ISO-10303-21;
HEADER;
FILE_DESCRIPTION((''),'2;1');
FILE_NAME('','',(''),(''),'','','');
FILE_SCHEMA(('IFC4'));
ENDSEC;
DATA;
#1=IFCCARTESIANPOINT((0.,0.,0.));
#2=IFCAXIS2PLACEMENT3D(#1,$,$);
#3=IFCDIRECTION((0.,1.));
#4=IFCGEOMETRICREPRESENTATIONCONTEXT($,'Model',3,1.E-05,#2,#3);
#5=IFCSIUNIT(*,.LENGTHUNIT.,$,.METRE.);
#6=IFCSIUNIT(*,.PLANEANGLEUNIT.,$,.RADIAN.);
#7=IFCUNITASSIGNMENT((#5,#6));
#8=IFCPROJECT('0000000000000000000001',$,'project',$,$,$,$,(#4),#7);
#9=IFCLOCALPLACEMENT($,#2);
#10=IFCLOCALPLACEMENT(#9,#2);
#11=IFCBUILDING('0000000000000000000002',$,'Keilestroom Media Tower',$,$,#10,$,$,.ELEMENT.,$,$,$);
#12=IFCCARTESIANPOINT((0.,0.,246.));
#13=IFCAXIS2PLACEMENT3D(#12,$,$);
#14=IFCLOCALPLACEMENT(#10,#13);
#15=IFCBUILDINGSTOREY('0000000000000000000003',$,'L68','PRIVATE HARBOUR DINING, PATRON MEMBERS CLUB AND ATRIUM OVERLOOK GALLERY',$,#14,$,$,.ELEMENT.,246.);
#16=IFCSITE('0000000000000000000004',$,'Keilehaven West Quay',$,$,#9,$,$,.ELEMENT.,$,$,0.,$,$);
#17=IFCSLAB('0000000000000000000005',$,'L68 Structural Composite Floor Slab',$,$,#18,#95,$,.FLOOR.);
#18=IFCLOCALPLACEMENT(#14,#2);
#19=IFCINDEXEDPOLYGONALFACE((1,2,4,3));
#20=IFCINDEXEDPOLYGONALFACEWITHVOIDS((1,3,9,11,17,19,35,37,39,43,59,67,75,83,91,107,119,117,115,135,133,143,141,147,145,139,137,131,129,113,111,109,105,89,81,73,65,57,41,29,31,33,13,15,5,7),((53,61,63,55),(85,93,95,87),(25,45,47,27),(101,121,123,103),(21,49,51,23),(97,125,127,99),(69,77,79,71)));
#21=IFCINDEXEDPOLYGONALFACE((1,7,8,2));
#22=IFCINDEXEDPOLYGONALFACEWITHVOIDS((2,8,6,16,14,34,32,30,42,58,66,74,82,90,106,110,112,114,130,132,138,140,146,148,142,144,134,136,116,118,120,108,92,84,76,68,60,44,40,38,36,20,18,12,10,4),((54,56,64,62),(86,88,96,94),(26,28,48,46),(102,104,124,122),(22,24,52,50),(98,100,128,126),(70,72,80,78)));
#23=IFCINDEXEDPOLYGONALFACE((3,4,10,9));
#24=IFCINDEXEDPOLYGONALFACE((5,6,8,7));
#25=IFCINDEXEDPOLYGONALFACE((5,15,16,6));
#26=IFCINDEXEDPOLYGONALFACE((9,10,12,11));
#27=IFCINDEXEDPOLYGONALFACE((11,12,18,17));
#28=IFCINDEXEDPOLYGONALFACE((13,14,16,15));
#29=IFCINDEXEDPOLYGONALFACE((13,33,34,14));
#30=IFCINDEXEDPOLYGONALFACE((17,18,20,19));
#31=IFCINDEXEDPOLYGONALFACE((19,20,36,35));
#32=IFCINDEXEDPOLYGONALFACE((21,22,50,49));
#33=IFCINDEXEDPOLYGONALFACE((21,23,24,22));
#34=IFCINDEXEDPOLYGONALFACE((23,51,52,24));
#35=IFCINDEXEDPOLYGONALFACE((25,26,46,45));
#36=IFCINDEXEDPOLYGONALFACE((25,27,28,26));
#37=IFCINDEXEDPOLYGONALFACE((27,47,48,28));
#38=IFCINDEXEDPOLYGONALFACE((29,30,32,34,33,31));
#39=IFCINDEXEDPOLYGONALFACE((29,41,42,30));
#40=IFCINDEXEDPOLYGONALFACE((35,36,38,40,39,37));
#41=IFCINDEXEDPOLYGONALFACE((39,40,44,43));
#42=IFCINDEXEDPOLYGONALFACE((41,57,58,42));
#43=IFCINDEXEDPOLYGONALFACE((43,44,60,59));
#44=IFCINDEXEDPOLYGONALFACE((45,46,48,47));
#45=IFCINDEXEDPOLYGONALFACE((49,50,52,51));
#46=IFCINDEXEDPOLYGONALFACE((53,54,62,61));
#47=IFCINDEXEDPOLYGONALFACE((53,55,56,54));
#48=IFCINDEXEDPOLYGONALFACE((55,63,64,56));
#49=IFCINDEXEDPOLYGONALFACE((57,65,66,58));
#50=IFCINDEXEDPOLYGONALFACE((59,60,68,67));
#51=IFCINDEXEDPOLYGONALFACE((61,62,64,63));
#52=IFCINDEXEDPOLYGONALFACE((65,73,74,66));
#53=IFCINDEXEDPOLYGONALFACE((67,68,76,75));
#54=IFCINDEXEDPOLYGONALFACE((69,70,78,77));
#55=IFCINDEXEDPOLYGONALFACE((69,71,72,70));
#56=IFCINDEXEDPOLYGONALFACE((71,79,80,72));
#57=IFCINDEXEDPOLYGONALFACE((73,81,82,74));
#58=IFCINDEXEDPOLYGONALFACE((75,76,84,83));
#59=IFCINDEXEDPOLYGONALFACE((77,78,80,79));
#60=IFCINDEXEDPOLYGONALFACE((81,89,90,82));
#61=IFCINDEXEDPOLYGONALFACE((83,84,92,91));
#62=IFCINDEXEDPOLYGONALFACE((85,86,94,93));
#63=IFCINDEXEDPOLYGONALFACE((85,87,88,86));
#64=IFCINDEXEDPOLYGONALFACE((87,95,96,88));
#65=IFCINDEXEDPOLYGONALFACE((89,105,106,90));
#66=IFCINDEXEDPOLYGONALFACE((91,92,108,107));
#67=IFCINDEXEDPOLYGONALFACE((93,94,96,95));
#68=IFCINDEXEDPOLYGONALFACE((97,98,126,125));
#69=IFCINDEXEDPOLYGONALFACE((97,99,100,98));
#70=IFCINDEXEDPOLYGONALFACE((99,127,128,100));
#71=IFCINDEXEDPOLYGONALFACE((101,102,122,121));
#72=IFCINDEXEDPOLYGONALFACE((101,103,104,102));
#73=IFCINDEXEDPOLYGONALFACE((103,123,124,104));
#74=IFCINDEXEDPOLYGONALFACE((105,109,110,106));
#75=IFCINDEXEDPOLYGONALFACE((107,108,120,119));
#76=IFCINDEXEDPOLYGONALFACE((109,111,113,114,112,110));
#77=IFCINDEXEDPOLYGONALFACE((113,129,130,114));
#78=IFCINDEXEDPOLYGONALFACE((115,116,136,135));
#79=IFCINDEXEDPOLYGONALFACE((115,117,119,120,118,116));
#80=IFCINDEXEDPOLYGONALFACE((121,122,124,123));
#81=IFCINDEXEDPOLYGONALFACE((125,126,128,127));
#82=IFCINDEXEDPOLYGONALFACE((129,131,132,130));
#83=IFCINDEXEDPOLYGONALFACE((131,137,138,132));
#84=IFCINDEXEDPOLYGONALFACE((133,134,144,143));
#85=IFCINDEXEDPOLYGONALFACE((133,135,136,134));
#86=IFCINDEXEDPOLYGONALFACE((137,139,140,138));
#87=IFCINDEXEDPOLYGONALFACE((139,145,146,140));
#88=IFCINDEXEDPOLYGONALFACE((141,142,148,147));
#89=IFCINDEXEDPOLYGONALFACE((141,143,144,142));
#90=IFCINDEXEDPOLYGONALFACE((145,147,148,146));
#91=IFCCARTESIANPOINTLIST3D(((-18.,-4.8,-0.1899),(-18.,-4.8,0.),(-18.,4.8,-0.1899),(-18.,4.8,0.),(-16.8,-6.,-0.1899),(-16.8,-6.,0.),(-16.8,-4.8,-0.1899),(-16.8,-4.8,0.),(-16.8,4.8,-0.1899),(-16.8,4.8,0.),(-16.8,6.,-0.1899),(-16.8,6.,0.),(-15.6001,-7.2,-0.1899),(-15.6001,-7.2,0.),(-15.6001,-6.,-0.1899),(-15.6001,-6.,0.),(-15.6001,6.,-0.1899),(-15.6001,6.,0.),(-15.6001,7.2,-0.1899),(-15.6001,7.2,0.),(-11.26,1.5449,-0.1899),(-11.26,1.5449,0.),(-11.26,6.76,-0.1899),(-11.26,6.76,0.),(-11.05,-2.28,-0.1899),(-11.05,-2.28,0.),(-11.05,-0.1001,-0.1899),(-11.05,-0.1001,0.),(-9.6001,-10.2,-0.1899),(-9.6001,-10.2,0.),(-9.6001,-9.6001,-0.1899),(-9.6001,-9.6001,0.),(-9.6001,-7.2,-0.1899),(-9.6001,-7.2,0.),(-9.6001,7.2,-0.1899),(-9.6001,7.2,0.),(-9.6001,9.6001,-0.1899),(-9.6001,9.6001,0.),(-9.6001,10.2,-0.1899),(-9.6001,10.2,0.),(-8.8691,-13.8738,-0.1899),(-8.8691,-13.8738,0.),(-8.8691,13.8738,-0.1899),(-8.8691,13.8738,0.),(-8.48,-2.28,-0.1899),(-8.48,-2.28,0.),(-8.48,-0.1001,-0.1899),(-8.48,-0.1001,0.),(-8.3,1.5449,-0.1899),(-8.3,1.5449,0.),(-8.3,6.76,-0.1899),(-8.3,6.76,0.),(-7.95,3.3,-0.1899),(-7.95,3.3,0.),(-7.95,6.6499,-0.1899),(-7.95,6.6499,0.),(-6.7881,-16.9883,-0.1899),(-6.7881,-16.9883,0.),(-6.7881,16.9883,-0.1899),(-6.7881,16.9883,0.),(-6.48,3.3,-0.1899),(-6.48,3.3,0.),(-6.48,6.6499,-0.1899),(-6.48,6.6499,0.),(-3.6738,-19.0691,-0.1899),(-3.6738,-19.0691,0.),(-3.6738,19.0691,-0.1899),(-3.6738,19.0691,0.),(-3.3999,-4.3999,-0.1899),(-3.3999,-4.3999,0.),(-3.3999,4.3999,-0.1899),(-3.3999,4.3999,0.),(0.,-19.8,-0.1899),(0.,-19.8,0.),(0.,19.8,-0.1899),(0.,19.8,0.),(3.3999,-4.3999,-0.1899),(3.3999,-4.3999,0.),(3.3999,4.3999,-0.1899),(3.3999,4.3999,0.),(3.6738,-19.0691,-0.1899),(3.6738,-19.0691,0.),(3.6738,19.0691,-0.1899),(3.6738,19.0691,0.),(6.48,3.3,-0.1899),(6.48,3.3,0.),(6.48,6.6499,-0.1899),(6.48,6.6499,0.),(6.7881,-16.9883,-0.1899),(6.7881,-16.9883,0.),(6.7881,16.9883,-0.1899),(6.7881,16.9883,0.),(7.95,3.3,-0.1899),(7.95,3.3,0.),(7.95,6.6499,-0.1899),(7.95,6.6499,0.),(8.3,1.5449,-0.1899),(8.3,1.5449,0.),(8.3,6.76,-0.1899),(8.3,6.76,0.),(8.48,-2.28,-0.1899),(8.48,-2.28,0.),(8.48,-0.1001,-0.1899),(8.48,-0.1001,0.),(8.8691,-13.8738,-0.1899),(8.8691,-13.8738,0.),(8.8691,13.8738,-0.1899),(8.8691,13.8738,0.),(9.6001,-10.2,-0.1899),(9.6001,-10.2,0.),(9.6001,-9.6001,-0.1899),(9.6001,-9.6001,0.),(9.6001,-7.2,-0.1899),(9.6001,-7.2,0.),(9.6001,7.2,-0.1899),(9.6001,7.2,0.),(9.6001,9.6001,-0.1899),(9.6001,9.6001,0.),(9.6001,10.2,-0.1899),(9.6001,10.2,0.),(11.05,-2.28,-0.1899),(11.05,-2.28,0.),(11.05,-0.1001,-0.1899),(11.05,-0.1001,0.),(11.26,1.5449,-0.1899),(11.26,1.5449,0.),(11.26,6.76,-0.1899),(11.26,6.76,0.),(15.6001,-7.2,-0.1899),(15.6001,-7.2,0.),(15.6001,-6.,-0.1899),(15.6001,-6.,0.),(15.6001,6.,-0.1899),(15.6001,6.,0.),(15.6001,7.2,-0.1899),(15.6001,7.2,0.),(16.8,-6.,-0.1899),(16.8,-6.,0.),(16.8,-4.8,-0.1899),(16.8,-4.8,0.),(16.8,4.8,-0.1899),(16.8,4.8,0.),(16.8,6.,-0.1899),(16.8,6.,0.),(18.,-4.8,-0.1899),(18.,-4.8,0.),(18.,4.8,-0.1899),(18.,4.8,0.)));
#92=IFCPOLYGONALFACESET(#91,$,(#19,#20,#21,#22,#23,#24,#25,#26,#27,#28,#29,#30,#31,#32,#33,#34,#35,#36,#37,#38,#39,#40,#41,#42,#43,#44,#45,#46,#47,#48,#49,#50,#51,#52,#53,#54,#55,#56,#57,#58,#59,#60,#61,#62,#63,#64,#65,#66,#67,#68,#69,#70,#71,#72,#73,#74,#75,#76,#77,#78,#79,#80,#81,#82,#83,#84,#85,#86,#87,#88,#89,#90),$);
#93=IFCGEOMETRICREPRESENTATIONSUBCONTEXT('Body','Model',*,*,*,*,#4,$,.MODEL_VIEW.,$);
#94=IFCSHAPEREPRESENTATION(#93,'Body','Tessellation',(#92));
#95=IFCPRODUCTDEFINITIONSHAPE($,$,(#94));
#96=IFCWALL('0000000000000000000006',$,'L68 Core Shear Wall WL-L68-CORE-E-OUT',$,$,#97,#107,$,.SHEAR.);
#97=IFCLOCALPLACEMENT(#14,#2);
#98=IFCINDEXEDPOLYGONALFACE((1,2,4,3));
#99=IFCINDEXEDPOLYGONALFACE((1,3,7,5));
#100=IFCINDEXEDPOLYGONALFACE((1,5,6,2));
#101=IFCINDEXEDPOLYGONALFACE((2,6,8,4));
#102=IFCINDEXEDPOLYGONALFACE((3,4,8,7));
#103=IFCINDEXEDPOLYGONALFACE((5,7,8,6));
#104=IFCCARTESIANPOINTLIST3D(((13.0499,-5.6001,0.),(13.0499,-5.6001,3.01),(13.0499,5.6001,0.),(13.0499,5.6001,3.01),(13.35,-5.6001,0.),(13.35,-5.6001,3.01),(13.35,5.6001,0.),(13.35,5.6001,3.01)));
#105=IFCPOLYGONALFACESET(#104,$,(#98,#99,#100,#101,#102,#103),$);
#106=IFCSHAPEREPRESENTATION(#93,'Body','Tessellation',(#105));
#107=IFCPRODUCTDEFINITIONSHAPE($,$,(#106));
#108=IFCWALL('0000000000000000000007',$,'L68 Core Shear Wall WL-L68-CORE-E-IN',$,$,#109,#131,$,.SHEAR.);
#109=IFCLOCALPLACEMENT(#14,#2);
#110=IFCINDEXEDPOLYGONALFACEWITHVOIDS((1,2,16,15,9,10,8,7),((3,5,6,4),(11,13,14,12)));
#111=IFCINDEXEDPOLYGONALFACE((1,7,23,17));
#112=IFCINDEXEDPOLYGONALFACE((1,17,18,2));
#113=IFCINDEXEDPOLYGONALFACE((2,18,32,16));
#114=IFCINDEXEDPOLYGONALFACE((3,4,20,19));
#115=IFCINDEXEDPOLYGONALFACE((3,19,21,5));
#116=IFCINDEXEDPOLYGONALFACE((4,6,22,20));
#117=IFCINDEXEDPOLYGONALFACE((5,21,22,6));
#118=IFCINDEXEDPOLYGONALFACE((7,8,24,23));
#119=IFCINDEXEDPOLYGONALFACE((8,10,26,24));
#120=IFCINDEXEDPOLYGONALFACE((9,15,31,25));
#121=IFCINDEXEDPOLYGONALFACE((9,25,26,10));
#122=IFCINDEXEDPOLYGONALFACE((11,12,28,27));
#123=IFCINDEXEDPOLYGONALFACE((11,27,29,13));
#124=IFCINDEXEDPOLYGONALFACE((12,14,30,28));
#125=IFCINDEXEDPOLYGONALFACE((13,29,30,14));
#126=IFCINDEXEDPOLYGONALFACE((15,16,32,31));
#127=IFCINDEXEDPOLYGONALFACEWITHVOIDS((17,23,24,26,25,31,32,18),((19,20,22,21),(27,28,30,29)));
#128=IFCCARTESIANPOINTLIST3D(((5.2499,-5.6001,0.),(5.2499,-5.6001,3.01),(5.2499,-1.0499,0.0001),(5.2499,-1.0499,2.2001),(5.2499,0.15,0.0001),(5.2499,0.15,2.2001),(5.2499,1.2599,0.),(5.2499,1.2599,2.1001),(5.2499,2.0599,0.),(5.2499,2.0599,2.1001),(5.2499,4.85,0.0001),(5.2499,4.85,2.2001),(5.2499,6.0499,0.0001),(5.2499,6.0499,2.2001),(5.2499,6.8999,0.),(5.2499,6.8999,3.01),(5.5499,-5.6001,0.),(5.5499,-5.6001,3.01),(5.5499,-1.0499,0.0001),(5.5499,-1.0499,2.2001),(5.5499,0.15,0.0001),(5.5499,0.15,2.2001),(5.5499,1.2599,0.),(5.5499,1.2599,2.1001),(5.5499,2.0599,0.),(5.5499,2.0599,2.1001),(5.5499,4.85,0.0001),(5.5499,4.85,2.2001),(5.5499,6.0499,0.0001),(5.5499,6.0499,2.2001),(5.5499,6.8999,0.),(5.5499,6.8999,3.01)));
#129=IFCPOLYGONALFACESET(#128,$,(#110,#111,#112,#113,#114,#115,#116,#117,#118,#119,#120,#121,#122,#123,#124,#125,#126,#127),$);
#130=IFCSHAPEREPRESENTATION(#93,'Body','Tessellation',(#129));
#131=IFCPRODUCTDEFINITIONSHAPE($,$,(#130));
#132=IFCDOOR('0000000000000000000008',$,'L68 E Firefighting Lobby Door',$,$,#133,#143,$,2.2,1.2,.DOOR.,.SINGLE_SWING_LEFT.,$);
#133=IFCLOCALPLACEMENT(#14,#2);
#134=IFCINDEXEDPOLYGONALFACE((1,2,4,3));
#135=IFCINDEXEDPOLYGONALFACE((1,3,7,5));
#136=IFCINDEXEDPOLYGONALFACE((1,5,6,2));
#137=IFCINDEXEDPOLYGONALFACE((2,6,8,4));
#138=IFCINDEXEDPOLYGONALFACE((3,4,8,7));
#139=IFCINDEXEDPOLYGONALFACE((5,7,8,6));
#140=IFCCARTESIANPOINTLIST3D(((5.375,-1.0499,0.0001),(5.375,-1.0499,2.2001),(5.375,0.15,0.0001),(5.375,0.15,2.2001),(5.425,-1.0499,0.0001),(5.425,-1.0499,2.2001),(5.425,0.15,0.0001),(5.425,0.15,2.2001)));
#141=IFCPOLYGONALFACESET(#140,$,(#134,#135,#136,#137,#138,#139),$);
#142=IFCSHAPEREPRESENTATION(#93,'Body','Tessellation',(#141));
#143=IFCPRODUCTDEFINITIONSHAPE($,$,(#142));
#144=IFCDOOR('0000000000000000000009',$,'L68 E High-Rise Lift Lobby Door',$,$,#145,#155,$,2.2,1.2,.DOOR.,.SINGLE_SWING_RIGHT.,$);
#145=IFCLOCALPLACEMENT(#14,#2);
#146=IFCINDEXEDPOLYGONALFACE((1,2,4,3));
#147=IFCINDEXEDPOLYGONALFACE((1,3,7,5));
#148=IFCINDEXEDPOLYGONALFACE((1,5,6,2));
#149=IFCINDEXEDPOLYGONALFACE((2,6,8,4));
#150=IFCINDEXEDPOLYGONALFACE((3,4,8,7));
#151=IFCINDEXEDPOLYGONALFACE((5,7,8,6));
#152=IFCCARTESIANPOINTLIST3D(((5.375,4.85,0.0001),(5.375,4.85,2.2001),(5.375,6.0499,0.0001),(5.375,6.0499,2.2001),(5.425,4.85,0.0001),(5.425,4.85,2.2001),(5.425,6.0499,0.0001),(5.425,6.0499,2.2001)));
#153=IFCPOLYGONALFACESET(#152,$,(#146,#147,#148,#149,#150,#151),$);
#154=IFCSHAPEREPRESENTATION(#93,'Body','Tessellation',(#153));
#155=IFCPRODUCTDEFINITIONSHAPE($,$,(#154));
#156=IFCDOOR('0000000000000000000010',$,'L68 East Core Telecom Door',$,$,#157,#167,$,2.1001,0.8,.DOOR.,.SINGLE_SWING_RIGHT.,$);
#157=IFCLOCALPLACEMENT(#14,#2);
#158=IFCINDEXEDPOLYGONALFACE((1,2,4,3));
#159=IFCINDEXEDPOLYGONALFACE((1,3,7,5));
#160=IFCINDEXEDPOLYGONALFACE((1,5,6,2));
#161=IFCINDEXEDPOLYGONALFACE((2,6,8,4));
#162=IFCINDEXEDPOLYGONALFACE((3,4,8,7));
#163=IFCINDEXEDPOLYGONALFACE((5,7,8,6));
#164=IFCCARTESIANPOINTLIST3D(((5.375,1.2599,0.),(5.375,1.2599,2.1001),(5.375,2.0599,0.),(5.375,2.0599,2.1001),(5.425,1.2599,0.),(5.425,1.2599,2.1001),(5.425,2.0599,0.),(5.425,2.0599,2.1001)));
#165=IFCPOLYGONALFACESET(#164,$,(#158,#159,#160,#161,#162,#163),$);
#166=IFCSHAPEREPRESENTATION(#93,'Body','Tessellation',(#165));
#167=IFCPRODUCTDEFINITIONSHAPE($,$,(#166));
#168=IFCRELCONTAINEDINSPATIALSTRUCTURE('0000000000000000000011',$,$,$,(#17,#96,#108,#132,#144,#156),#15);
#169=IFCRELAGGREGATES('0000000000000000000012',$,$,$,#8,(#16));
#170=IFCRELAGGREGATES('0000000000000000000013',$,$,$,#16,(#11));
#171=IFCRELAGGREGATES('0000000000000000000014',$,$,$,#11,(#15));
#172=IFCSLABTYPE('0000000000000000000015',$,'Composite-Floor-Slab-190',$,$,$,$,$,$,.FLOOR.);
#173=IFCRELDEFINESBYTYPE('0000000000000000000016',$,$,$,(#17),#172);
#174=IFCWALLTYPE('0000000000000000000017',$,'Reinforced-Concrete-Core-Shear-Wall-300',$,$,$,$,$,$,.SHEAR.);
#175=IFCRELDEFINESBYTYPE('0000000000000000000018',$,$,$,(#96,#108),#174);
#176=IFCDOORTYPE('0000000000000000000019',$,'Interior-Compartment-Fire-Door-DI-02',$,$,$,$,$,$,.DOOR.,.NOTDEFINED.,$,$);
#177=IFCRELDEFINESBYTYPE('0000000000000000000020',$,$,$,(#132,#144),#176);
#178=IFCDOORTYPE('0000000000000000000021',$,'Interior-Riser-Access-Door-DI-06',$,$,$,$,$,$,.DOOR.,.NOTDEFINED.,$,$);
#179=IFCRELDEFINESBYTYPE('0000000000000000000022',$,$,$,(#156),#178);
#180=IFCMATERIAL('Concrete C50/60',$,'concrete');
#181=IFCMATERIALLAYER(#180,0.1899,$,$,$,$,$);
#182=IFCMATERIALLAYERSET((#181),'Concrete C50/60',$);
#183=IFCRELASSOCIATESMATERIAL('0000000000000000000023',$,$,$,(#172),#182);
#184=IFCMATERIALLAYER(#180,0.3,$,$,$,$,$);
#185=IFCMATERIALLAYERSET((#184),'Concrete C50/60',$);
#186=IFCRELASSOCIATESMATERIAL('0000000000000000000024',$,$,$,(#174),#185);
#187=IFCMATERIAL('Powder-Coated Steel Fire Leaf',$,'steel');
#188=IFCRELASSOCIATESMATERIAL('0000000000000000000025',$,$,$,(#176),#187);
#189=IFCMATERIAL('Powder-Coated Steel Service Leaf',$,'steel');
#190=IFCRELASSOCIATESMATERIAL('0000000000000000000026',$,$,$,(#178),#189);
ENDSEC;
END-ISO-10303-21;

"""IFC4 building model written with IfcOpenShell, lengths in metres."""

from ifc_helpers import new_model, si_unit, direction, frame, frame_2d, origin, place, context, subcontext, project, spatial, polyline, rectangle, outline, extrude, source, transform, mapped, material, layer, layer_set, type_object, element, fill, save


model = new_model("IFC4")

# Units and contexts
model_context = context("Model", 3, precision=1e-05, world=origin(), true_north=direction((0.0, 1.0)))
body_context = subcontext(model_context, "Body", "Model", "MODEL_VIEW")
ifc_project = project(units=[si_unit("LENGTHUNIT", "METRE"), si_unit("PLANEANGLEUNIT", "RADIAN")], contexts=[model_context])

# Site, building, storey
site_placement = place(None, origin())
site = spatial("IfcSite", under=ifc_project, at=site_placement, Name="Keilehaven West Quay", CompositionType="ELEMENT", RefElevation=0.0)
building_placement = place(site_placement, origin())
building = spatial("IfcBuilding", under=site, at=building_placement, Name="Keilestroom Media Tower", CompositionType="ELEMENT")
storey_placement = place(building_placement, frame((0.0, 0.0, 246.0)))
storey = spatial("IfcBuildingStorey", under=building, at=storey_placement, Name="L68", Description="PRIVATE HARBOUR DINING, PATRON MEMBERS CLUB AND ATRIUM OVERLOOK GALLERY", CompositionType="ELEMENT", Elevation=246.0)

# Slab
ifc_material_1 = material(Name="Concrete C50/60", Category="concrete")
ifc_layer_1 = layer(ifc_material_1, 0.1899)
ifc_layer_set_1 = layer_set([ifc_layer_1], Name="Concrete C50/60")
slab_type = type_object("IfcSlabType", Name="Composite-Floor-Slab-190", PredefinedType="FLOOR", material=ifc_layer_set_1)
slab_placement = place(storey_placement, frame((0.0, 0.0, -0.1899)))
element("IfcSlab", 1, at=slab_placement, inside=storey, type_object=slab_type, Name="L68 Structural Composite Floor Slab", PredefinedType="FLOOR", context=body_context, shape_type="SweptSolid", body=[
    extrude(outline(polyline([(18.0, -4.8), (18.0, 4.8), (16.8, 4.8), (16.8, 6.0), (15.6001, 6.0), (15.6001, 7.2), (9.6001, 7.2), (9.6001, 9.6001), (9.6001, 10.2), (8.8691, 13.8738), (6.7881, 16.9883), (3.6738, 19.0691), (0.0, 19.8), (-3.6738, 19.0691), (-6.7881, 16.9883), (-8.8691, 13.8738), (-9.6001, 10.2), (-9.6001, 9.6001), (-9.6001, 7.2), (-15.6001, 7.2), (-15.6001, 6.0), (-16.8, 6.0), (-16.8, 4.8), (-18.0, 4.8), (-18.0, -4.8), (-16.8, -4.8), (-16.8, -6.0), (-15.6001, -6.0), (-15.6001, -7.2), (-9.6001, -7.2), (-9.6001, -9.6001), (-9.6001, -10.2), (-8.8691, -13.8738), (-6.7881, -16.9883), (-3.6738, -19.0691), (0.0, -19.8), (3.6738, -19.0691), (6.7881, -16.9883), (8.8691, -13.8738), (9.6001, -10.2), (9.6001, -9.6001), (9.6001, -7.2), (15.6001, -7.2), (15.6001, -6.0), (16.8, -6.0), (16.8, -4.8), (18.0, -4.8)]), holes=[polyline([(-8.3, 1.5449), (-11.26, 1.5449), (-11.26, 6.76), (-8.3, 6.76), (-8.3, 1.5449)]), polyline([(-8.48, -2.28), (-11.05, -2.28), (-11.05, -0.1001), (-8.48, -0.1001), (-8.48, -2.28)]), polyline([(-6.48, 3.3), (-7.95, 3.3), (-7.95, 6.6499), (-6.48, 6.6499), (-6.48, 3.3)]), polyline([(3.3999, -4.3999), (-3.3999, -4.3999), (-3.3999, 4.3999), (3.3999, 4.3999), (3.3999, -4.3999)]), polyline([(7.95, 3.3), (6.48, 3.3), (6.48, 6.6499), (7.95, 6.6499), (7.95, 3.3)]), polyline([(11.26, 1.5449), (8.3, 1.5449), (8.3, 6.76), (11.26, 6.76), (11.26, 1.5449)]), polyline([(11.05, -2.28), (8.48, -2.28), (8.48, -0.1001), (11.05, -0.1001), (11.05, -2.28)])]), origin(), (0.0, 0.0, 1.0), 0.1899),
])

# Wall
ifc_layer_2 = layer(ifc_material_1, 0.3)
ifc_layer_set_2 = layer_set([ifc_layer_2], Name="Concrete C50/60")
wall_type_1 = type_object("IfcWallType", Name="Reinforced-Concrete-Core-Shear-Wall-300", PredefinedType="SHEAR", material=ifc_layer_set_2)
wall_1_placement = place(storey_placement, frame((13.2, -5.6001, 0.0), z_axis=(0.0, 0.0, 1.0), x_axis=(0.0, 1.0, 0.0)))
element("IfcWall", 2, at=wall_1_placement, inside=storey, type_object=wall_type_1, Name="L68 Core Shear Wall WL-L68-CORE-E-OUT", PredefinedType="SHEAR", context=body_context, shape_type="SweptSolid", body=[
    extrude(rectangle(XDim=11.2002, YDim=0.3, at=frame_2d((5.6001, 0.0))), origin(), (0.0, 0.0, 1.0), 3.01),
])

# Wall, openings, doors
wall_2_placement = place(storey_placement, frame((5.3999, -5.6001, 0.0), z_axis=(0.0, 0.0, 1.0), x_axis=(0.0, 1.0, 0.0)))
wall_2 = element("IfcWall", 3, at=wall_2_placement, inside=storey, type_object=wall_type_1, Name="L68 Core Shear Wall WL-L68-CORE-E-IN", PredefinedType="SHEAR", context=body_context, shape_type="SweptSolid", body=[
    extrude(rectangle(XDim=12.5, YDim=0.3, at=frame_2d((6.25, 0.0))), origin(), (0.0, 0.0, 1.0), 3.01),
])
opening_1_placement = place(wall_2_placement, frame((4.55, 0.0, 0.0)))
opening_1 = element("IfcOpeningElement", 4, at=opening_1_placement, cuts=wall_2, PredefinedType="OPENING", context=body_context, shape_type="SweptSolid", body=[
    extrude(rectangle(XDim=1.2, YDim=2.2, at=frame_2d((0.6001, 1.1001))), frame((0.0, 0.1602, 0.0), z_axis=(0.0, -1.0, 0.0), x_axis=(1.0, 0.0, 0.0)), (0.0, 0.0, 1.0), 0.3201),
])
opening_2_placement = place(wall_2_placement, frame((10.45, 0.0, 0.0)))
opening_2 = element("IfcOpeningElement", 5, at=opening_2_placement, cuts=wall_2, PredefinedType="OPENING", context=body_context, shape_type="SweptSolid", body=[
    extrude(rectangle(XDim=1.2, YDim=2.2, at=frame_2d((0.6001, 1.1001))), frame((0.0, 0.1602, 0.0), z_axis=(0.0, -1.0, 0.0), x_axis=(1.0, 0.0, 0.0)), (0.0, 0.0, 1.0), 0.3201),
])
opening_3_placement = place(wall_2_placement, frame((6.8601, 0.0, 0.0)))
opening_3 = element("IfcOpeningElement", 6, at=opening_3_placement, cuts=wall_2, PredefinedType="OPENING", context=body_context, shape_type="SweptSolid", body=[
    extrude(rectangle(XDim=0.8, YDim=2.1001, at=frame_2d((0.3999, 1.05))), frame((0.0, 0.1602, 0.0), z_axis=(0.0, -1.0, 0.0), x_axis=(1.0, 0.0, 0.0)), (0.0, 0.0, 1.0), 0.3201),
])
ifc_material_2 = material(Name="Powder-Coated Steel Fire Leaf", Category="steel")
door_type_1 = type_object("IfcDoorType", Name="Interior-Compartment-Fire-Door-DI-02", OperationType="NOTDEFINED", PredefinedType="DOOR", material=ifc_material_2)
shared_shape_1 = source(origin(), body_context, "Body", "SweptSolid", [
    extrude(rectangle(XDim=1.2, YDim=2.2, at=frame_2d((0.6001, 1.1001))), frame((0.0, 0.0249, 0.0), z_axis=(0.0, -1.0, 0.0), x_axis=(1.0, 0.0, 0.0)), (0.0, 0.0, 1.0), 0.05),
])
door_1_placement = place(opening_1_placement, origin())
door_1 = element("IfcDoor", 7, at=door_1_placement, inside=storey, type_object=door_type_1, Name="L68 E Firefighting Lobby Door", OperationType="SINGLE_SWING_LEFT", OverallHeight=2.2, OverallWidth=1.2, PredefinedType="DOOR", context=body_context, shape_type="MappedRepresentation", body=[
    mapped(shared_shape_1, transform((0.0, 0.0, 0.0), x_axis=(1.0, 0.0, 0.0), y_axis=(0.0, 1.0, 0.0), z_axis=(0.0, 0.0, 1.0), scale=1.0)),
])
fill(opening_1, door_1)
door_2_placement = place(opening_2_placement, origin())
door_2 = element("IfcDoor", 8, at=door_2_placement, inside=storey, type_object=door_type_1, Name="L68 E High-Rise Lift Lobby Door", OperationType="SINGLE_SWING_RIGHT", OverallHeight=2.2, OverallWidth=1.2, PredefinedType="DOOR", context=body_context, shape_type="MappedRepresentation", body=[
    mapped(shared_shape_1, transform((0.0, 0.0, 0.0), x_axis=(1.0, 0.0, 0.0), y_axis=(0.0, 1.0, 0.0), z_axis=(0.0, 0.0, 1.0), scale=1.0)),
])
fill(opening_2, door_2)
ifc_material_3 = material(Name="Powder-Coated Steel Service Leaf", Category="steel")
door_type_2 = type_object("IfcDoorType", Name="Interior-Riser-Access-Door-DI-06", OperationType="NOTDEFINED", PredefinedType="DOOR", material=ifc_material_3)
shared_shape_2 = source(origin(), body_context, "Body", "SweptSolid", [
    extrude(rectangle(XDim=0.8, YDim=2.1001, at=frame_2d((0.3999, 1.05))), frame((0.0, 0.0249, 0.0), z_axis=(0.0, -1.0, 0.0), x_axis=(1.0, 0.0, 0.0)), (0.0, 0.0, 1.0), 0.05),
])
door_3_placement = place(opening_3_placement, origin())
door_3 = element("IfcDoor", 9, at=door_3_placement, inside=storey, type_object=door_type_2, Name="L68 East Core Telecom Door", OperationType="SINGLE_SWING_RIGHT", OverallHeight=2.1001, OverallWidth=0.8, PredefinedType="DOOR", context=body_context, shape_type="MappedRepresentation", body=[
    mapped(shared_shape_2, transform((0.0, 0.0, 0.0), x_axis=(1.0, 0.0, 0.0), y_axis=(0.0, 1.0, 0.0), z_axis=(0.0, 0.0, 1.0), scale=1.0)),
])
fill(opening_3, door_3)

save(model, "model.ifc")
